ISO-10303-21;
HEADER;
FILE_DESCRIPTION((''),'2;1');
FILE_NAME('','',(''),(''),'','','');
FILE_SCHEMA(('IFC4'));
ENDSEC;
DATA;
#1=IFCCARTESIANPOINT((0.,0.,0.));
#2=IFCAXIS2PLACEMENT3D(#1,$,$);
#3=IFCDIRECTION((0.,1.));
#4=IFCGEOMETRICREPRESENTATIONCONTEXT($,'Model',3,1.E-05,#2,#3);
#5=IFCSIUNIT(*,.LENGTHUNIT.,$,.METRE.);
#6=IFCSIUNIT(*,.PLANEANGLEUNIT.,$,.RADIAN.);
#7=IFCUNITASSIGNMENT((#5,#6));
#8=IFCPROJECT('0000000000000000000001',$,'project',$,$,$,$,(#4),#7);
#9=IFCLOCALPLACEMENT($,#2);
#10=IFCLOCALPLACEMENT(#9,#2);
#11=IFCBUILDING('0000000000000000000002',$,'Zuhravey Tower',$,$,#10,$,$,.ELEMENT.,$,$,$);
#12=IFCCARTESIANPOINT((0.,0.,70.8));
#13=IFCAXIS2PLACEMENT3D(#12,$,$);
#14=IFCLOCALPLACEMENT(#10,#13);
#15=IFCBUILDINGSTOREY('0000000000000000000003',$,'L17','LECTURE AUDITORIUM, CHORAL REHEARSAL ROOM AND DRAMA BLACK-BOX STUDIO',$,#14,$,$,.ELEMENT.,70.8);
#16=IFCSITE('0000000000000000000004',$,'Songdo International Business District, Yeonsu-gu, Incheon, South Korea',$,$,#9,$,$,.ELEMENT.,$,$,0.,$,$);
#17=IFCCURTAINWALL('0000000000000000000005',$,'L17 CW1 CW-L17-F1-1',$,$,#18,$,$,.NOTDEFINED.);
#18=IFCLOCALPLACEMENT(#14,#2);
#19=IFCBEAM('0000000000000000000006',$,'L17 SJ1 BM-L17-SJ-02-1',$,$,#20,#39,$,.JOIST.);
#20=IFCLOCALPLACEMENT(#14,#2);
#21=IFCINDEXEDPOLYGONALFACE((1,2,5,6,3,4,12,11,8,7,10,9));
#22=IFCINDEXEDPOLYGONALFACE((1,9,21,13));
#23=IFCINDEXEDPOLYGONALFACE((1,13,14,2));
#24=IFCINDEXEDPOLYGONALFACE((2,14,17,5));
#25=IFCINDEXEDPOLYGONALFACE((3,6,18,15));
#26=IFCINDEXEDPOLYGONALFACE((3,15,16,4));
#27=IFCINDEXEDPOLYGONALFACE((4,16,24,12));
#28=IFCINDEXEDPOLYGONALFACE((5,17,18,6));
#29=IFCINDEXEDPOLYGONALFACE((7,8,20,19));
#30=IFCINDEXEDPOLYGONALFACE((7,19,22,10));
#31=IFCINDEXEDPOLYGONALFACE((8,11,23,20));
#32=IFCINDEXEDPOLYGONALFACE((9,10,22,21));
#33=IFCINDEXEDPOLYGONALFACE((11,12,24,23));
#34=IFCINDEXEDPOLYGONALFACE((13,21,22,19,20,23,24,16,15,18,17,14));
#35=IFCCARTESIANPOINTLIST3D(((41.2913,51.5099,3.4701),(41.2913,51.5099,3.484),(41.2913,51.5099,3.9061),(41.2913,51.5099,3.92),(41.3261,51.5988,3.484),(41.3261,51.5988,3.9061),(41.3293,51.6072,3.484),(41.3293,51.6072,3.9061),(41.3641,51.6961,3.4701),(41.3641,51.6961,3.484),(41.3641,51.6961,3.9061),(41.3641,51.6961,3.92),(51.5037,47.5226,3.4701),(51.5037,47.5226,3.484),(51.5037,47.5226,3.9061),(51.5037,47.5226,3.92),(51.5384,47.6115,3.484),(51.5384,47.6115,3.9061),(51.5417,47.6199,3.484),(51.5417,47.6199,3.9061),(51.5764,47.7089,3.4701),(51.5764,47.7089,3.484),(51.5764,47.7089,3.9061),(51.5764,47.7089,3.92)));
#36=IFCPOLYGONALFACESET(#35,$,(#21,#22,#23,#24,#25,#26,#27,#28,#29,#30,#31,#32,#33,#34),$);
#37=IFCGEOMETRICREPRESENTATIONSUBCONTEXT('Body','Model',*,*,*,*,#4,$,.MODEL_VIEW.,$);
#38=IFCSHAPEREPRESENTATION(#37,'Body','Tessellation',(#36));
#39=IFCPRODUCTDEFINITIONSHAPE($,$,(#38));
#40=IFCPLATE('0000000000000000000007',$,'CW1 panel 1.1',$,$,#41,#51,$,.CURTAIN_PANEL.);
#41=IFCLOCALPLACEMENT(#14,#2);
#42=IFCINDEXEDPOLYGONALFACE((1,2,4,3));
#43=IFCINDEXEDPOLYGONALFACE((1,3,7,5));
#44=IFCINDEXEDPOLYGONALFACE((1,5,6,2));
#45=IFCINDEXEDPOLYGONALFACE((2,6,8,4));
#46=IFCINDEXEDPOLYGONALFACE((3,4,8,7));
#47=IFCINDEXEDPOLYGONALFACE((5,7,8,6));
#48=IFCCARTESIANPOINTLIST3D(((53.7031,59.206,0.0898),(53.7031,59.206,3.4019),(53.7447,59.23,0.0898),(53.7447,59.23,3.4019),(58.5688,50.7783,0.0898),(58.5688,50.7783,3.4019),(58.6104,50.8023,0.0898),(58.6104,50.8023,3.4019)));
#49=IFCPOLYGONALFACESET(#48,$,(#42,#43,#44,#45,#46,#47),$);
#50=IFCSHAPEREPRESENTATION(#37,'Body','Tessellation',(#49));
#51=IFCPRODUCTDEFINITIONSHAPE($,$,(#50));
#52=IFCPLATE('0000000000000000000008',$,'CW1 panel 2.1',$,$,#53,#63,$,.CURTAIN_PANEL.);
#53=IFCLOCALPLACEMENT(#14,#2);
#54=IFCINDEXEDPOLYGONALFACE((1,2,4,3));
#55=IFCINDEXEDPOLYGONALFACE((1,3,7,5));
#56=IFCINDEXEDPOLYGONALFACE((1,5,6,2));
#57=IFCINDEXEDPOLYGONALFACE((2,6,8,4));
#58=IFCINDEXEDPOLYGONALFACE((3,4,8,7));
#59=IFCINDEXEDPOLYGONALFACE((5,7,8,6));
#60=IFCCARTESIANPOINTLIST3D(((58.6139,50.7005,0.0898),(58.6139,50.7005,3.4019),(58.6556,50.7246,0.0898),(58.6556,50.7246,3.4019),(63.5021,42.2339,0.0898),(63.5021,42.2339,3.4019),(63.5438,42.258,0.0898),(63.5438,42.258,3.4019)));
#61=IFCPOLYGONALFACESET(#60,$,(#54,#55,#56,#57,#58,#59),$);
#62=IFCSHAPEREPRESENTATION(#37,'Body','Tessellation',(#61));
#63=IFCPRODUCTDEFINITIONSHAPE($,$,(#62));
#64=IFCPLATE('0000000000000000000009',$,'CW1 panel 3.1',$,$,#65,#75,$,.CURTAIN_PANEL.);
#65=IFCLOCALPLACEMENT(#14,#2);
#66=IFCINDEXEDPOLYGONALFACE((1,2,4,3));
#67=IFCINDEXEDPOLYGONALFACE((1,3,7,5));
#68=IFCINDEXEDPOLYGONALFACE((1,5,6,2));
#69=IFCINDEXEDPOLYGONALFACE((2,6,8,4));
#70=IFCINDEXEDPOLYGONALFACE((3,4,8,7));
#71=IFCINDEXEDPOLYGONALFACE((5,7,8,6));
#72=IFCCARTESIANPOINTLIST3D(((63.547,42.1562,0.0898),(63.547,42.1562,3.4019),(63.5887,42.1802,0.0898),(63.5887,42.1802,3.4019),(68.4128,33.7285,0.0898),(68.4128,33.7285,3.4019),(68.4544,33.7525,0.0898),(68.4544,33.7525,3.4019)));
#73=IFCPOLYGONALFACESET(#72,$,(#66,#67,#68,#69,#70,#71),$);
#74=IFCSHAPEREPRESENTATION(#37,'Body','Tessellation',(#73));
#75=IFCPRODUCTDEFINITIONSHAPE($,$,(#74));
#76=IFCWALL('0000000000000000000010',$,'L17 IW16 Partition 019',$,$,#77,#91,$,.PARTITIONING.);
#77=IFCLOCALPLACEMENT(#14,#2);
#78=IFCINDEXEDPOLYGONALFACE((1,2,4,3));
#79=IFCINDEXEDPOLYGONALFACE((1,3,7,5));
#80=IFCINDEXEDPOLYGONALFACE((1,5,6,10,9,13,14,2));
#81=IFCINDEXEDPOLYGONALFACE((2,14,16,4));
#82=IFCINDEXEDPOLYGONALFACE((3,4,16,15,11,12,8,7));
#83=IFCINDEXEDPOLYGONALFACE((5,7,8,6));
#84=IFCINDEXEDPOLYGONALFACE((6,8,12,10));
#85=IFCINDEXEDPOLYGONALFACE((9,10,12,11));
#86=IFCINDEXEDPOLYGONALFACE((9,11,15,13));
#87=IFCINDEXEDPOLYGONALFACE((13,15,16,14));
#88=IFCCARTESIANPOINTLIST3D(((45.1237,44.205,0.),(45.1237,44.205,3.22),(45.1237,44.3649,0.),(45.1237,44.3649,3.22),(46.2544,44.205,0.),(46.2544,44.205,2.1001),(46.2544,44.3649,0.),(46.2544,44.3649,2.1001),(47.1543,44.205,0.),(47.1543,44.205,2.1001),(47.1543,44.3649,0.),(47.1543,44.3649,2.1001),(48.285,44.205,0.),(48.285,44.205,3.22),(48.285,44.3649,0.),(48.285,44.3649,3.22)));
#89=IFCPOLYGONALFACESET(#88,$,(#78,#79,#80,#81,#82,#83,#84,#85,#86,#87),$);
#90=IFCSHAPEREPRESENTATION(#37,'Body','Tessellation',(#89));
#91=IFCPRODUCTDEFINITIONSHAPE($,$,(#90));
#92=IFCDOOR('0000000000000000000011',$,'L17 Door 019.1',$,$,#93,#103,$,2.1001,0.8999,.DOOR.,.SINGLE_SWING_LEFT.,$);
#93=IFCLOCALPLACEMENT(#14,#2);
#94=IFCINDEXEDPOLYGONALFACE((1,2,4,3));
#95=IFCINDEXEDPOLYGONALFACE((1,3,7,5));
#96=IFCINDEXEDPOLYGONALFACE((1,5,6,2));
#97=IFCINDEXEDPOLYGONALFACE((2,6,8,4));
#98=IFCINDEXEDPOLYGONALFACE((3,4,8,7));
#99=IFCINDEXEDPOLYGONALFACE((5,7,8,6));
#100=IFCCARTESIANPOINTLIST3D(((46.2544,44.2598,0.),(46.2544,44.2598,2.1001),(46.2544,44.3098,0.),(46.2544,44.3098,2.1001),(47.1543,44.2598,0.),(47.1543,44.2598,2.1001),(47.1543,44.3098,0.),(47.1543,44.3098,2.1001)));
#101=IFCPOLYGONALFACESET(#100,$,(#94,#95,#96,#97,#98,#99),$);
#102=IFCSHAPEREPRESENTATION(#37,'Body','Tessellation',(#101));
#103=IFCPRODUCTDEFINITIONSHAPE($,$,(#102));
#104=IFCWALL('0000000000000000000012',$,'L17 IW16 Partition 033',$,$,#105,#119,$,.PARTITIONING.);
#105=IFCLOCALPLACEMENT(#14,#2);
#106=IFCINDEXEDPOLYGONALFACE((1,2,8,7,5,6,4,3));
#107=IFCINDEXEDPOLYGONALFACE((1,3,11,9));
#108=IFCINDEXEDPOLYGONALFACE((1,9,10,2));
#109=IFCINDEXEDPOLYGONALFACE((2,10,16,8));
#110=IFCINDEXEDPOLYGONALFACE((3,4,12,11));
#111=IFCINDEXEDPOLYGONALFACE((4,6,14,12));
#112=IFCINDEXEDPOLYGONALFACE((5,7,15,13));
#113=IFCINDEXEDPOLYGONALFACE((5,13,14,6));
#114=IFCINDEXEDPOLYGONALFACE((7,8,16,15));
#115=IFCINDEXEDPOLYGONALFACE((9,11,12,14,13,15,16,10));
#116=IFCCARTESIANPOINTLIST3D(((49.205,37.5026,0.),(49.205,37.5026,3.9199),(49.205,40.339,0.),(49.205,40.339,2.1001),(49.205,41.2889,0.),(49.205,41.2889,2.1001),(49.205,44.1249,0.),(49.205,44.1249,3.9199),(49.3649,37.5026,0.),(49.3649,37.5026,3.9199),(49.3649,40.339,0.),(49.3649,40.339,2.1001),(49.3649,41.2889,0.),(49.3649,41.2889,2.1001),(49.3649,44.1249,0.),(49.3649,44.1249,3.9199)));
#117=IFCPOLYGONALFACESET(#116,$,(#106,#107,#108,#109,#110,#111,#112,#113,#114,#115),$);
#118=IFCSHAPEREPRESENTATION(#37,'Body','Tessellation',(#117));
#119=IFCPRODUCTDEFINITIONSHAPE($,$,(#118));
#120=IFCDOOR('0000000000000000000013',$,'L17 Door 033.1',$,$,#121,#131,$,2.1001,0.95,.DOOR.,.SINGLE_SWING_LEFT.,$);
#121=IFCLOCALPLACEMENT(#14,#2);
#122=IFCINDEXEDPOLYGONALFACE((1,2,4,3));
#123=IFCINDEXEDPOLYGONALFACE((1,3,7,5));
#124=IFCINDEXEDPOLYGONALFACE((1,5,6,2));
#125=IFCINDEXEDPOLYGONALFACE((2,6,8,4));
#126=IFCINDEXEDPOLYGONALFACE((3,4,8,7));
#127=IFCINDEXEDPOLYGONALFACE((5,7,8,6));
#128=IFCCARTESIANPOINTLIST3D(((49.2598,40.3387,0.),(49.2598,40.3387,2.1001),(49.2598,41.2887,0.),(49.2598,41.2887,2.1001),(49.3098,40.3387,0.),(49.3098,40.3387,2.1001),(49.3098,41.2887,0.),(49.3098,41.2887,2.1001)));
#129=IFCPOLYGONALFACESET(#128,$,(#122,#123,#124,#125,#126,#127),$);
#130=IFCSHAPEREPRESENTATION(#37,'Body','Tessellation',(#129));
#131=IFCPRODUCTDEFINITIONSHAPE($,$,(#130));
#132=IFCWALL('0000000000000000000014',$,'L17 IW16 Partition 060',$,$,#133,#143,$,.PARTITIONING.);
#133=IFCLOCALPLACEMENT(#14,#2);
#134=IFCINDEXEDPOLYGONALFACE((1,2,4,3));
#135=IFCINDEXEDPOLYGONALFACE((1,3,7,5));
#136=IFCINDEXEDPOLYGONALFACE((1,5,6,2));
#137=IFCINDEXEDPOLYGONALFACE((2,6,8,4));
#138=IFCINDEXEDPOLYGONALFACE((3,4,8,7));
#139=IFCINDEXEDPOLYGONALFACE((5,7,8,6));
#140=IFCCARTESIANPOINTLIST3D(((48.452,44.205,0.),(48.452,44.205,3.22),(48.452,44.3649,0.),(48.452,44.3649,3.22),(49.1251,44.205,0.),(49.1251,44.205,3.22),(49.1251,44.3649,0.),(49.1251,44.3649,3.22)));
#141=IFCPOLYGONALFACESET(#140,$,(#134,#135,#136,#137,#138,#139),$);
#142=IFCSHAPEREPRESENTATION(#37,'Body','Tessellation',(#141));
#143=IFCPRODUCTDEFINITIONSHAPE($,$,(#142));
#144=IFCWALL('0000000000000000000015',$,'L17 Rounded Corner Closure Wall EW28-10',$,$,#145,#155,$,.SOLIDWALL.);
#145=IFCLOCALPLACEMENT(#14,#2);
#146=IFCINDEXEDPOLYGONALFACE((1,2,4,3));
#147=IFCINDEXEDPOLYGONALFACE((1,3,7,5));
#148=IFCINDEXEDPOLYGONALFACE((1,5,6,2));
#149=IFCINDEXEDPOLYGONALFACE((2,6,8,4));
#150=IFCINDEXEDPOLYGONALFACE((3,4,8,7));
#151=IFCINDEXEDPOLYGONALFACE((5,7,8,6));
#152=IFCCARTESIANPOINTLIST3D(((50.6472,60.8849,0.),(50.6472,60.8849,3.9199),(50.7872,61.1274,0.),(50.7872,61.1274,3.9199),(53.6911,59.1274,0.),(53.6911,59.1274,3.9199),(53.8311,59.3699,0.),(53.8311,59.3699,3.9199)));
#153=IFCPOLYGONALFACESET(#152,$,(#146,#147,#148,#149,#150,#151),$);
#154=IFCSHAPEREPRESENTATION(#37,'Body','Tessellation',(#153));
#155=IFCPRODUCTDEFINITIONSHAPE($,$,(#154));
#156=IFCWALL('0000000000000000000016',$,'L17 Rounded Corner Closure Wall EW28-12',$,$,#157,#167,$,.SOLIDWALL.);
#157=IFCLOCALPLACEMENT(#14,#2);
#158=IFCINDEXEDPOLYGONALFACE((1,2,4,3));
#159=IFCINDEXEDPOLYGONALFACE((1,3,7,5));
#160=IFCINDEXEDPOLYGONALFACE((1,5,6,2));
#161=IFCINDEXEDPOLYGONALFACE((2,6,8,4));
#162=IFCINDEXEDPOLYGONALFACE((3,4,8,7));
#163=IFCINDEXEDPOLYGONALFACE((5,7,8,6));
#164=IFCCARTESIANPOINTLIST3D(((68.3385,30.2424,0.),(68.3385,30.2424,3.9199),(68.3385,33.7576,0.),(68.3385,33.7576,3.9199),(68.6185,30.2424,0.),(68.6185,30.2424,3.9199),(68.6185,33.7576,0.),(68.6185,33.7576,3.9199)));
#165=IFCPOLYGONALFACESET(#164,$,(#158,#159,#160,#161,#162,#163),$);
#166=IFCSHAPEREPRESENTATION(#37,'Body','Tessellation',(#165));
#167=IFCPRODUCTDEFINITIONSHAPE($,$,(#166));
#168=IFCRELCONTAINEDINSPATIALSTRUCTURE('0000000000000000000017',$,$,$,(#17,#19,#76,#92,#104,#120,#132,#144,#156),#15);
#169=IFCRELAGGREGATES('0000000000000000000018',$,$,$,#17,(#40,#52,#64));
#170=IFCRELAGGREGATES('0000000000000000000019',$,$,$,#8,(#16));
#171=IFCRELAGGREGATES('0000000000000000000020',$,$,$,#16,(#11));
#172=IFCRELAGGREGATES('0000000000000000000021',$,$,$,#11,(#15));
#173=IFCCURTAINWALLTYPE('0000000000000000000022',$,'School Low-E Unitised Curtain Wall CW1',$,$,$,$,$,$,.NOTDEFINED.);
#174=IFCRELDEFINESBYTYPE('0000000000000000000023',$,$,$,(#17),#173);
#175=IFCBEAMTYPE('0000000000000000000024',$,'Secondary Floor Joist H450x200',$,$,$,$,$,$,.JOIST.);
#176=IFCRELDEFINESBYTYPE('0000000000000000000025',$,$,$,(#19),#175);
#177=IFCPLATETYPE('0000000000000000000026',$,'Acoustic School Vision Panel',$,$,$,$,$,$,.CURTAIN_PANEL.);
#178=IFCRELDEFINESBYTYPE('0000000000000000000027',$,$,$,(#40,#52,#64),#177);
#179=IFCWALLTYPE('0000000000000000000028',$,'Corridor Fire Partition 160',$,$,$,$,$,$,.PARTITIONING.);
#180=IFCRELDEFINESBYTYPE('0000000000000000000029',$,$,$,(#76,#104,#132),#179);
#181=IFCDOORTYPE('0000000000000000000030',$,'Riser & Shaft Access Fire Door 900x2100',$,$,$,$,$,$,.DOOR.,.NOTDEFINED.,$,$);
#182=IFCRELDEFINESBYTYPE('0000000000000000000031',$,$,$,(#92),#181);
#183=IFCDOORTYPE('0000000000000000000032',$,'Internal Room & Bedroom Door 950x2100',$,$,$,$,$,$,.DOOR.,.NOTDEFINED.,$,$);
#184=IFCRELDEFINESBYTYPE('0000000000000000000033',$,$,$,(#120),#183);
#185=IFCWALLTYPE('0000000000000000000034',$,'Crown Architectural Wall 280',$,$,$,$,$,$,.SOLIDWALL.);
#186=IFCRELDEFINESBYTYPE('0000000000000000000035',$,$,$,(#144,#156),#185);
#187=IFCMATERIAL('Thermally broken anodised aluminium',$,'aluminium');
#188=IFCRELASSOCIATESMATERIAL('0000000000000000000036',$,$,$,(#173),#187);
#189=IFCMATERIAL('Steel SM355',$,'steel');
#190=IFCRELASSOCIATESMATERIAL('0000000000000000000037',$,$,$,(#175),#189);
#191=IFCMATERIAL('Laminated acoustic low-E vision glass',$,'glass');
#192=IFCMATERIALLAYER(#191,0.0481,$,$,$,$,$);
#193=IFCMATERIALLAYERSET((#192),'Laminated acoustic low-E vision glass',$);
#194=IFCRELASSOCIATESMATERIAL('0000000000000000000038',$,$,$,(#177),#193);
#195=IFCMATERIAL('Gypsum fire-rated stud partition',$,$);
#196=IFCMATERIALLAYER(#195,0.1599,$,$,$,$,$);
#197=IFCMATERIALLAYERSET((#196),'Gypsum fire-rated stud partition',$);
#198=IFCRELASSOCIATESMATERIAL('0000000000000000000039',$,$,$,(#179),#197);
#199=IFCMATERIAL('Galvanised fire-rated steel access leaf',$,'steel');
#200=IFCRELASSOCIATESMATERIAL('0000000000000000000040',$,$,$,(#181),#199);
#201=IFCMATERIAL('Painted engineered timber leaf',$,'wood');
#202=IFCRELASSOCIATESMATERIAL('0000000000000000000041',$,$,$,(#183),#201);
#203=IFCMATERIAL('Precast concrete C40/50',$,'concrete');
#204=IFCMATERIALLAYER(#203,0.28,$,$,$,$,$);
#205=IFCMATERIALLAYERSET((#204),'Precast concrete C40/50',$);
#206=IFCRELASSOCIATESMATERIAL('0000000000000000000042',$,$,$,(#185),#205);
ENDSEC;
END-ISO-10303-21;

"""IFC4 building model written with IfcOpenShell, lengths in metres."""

from ifc_helpers import new_model, si_unit, direction, frame, frame_2d, origin, origin_2d, place, context, subcontext, project, spatial, rectangle, i_section, extrude, material, layer, layer_set, material_profile, profile_set, type_object, element, fill, aggregate, save


model = new_model("IFC4")

# Units and contexts
model_context = context("Model", 3, precision=1e-05, world=origin(), true_north=direction((0.0, 1.0)))
body_context = subcontext(model_context, "Body", "Model", "MODEL_VIEW")
ifc_project = project(units=[si_unit("LENGTHUNIT", "METRE"), si_unit("PLANEANGLEUNIT", "RADIAN")], contexts=[model_context])

# Site, building, storey
site_placement = place(None, origin())
site = spatial("IfcSite", under=ifc_project, at=site_placement, Name="Songdo International Business District, Yeonsu-gu, Incheon, South Korea", CompositionType="ELEMENT", RefElevation=0.0)
building_placement = place(site_placement, origin())
building = spatial("IfcBuilding", under=site, at=building_placement, Name="Zuhravey Tower", CompositionType="ELEMENT")
storey_placement = place(building_placement, frame((0.0, 0.0, 70.8)))
storey = spatial("IfcBuildingStorey", under=building, at=storey_placement, Name="L17", Description="LECTURE AUDITORIUM, CHORAL REHEARSAL ROOM AND DRAMA BLACK-BOX STUDIO", CompositionType="ELEMENT", Elevation=70.8)

# Shared definitions
ifc_material_1 = material(Name="Thermally broken anodised aluminium", Category="aluminium")
curtain_wall_type = type_object("IfcCurtainWallType", Name="School Low-E Unitised Curtain Wall CW1", PredefinedType="NOTDEFINED", material=ifc_material_1)

# Curtain wall
curtain_wall_1_placement = place(storey_placement, origin())
curtain_wall_1 = element("IfcCurtainWall", 1, at=curtain_wall_1_placement, inside=storey, type_object=curtain_wall_type, Name="L17 CW1 CW-L17-F1-1", PredefinedType="NOTDEFINED")

# Beam
ifc_material_2 = material(Name="Steel SM355", Category="steel")
ifc_material_profile_1 = material_profile(ifc_material_2, i_section(OverallWidth=0.2, OverallDepth=0.45, WebThickness=0.009, FlangeThickness=0.0139, at=origin_2d()), Name="H-450x200x9x14")
ifc_profile_set_1 = profile_set([ifc_material_profile_1], Name="Steel SM355")
beam_type_1 = type_object("IfcBeamType", Name="Secondary Floor Joist H450x200", PredefinedType="JOIST", material=ifc_profile_set_1)
beam_1_placement = place(storey_placement, frame((51.54, 47.6157, 3.6951), z_axis=(-0.931517, 0.363699, 0.0), x_axis=(-0.363699, -0.931517, 0.0)))
element("IfcBeam", 2, at=beam_1_placement, inside=storey, type_object=beam_type_1, Name="L17 SJ1 BM-L17-SJ-02-1", PredefinedType="JOIST", context=body_context, shape_type="SweptSolid", body=[
    extrude(i_section(OverallWidth=0.2, OverallDepth=0.45, WebThickness=0.009, FlangeThickness=0.0139, at=origin_2d()), origin(), (0.0, 0.0, 1.0), 10.9631),
])

# Plates
ifc_material_3 = material(Name="Laminated acoustic low-E vision glass", Category="glass")
ifc_layer_1 = layer(ifc_material_3, 0.0481)
ifc_layer_set_1 = layer_set([ifc_layer_1], Name="Laminated acoustic low-E vision glass")
plate_type = type_object("IfcPlateType", Name="Acoustic School Vision Panel", PredefinedType="CURTAIN_PANEL", material=ifc_layer_set_1)
plate_1_placement = place(storey_placement, frame((56.1567, 55.0042, 0.0898), z_axis=(0.0, 0.0, 1.0), x_axis=(0.5, -0.866026, 0.0)))
plate_1 = element("IfcPlate", 3, at=plate_1_placement, type_object=plate_type, Name="CW1 panel 1.1", PredefinedType="CURTAIN_PANEL", context=body_context, shape_type="SweptSolid", body=[
    extrude(rectangle(XDim=9.7314, YDim=0.0481, at=origin_2d()), origin(), (0.0, 0.0, 1.0), 3.312),
])
plate_2_placement = place(storey_placement, frame((61.0789, 46.4792, 0.0898), z_axis=(0.0, 0.0, 1.0), x_axis=(0.5, -0.866026, 0.0)))
plate_2 = element("IfcPlate", 4, at=plate_2_placement, type_object=plate_type, Name="CW1 panel 2.1", PredefinedType="CURTAIN_PANEL", context=body_context, shape_type="SweptSolid", body=[
    extrude(rectangle(XDim=9.7764, YDim=0.0481, at=origin_2d()), origin(), (0.0, 0.0, 1.0), 3.312),
])
plate_3_placement = place(storey_placement, frame((66.0007, 37.9543, 0.0898), z_axis=(0.0, 0.0, 1.0), x_axis=(0.5, -0.866026, 0.0)))
plate_3 = element("IfcPlate", 5, at=plate_3_placement, type_object=plate_type, Name="CW1 panel 3.1", PredefinedType="CURTAIN_PANEL", context=body_context, shape_type="SweptSolid", body=[
    extrude(rectangle(XDim=9.7314, YDim=0.0481, at=origin_2d()), origin(), (0.0, 0.0, 1.0), 3.312),
])
aggregate(curtain_wall_1, [plate_1, plate_2, plate_3])

# Walls, openings, doors
ifc_material_4 = material(Name="Gypsum fire-rated stud partition")
ifc_layer_2 = layer(ifc_material_4, 0.1599)
ifc_layer_set_2 = layer_set([ifc_layer_2], Name="Gypsum fire-rated stud partition")
wall_type_1 = type_object("IfcWallType", Name="Corridor Fire Partition 160", PredefinedType="PARTITIONING", material=ifc_layer_set_2)
wall_1_placement = place(storey_placement, frame((48.2849, 44.2849, 0.0), z_axis=(0.0, 0.0, 1.0), x_axis=(-1.0, 0.0, 0.0)))
wall_1 = element("IfcWall", 6, at=wall_1_placement, inside=storey, type_object=wall_type_1, Name="L17 IW16 Partition 019", PredefinedType="PARTITIONING", context=body_context, shape_type="SweptSolid", body=[
    extrude(rectangle(XDim=3.1614, YDim=0.1599, at=frame_2d((1.5806, 0.0))), origin(), (0.0, 0.0, 1.0), 3.22),
])
opening_1_placement = place(wall_1_placement, frame((1.1306, 0.0, 0.0)))
opening_1 = element("IfcOpeningElement", 7, at=opening_1_placement, cuts=wall_1, PredefinedType="OPENING", context=body_context, shape_type="SweptSolid", body=[
    extrude(rectangle(XDim=0.8999, YDim=2.1001, at=frame_2d((0.45, 1.05))), frame((0.0, 0.092, 0.0), z_axis=(0.0, -1.0, 0.0), x_axis=(1.0, 0.0, 0.0)), (0.0, 0.0, 1.0), 0.1838),
])
ifc_material_5 = material(Name="Galvanised fire-rated steel access leaf", Category="steel")
door_type_1 = type_object("IfcDoorType", Name="Riser & Shaft Access Fire Door 900x2100", OperationType="NOTDEFINED", PredefinedType="DOOR", material=ifc_material_5)
door_1_placement = place(opening_1_placement, frame((0.8999, 0.0, 0.0), z_axis=(0.0, 0.0, 1.0), x_axis=(-1.0, 0.0, 0.0)))
door_1 = element("IfcDoor", 8, at=door_1_placement, inside=storey, type_object=door_type_1, Name="L17 Door 019.1", OperationType="SINGLE_SWING_LEFT", OverallHeight=2.1001, OverallWidth=0.8999, PredefinedType="DOOR", context=body_context, shape_type="SweptSolid", body=[
    extrude(rectangle(XDim=0.8999, YDim=2.1001, at=frame_2d((0.45, 1.05))), frame((0.0, 0.0249, 0.0), z_axis=(0.0, -1.0, 0.0), x_axis=(1.0, 0.0, 0.0)), (0.0, 0.0, 1.0), 0.05),
])
fill(opening_1, door_1)
wall_2_placement = place(storey_placement, frame((49.2849, 37.5027, 0.0), z_axis=(0.0, 0.0, 1.0), x_axis=(0.0, 1.0, 0.0)))
wall_2 = element("IfcWall", 9, at=wall_2_placement, inside=storey, type_object=wall_type_1, Name="L17 IW16 Partition 033", PredefinedType="PARTITIONING", context=body_context, shape_type="SweptSolid", body=[
    extrude(rectangle(XDim=6.6223, YDim=0.1599, at=frame_2d((3.311, 0.0))), origin(), (0.0, 0.0, 1.0), 3.9199),
])
opening_2_placement = place(wall_2_placement, frame((2.8362, 0.0, 0.0)))
opening_2 = element("IfcOpeningElement", 10, at=opening_2_placement, cuts=wall_2, PredefinedType="OPENING", context=body_context, shape_type="SweptSolid", body=[
    extrude(rectangle(XDim=0.95, YDim=2.1001, at=frame_2d((0.4751, 1.05))), frame((0.0, 0.092, 0.0), z_axis=(0.0, -1.0, 0.0), x_axis=(1.0, 0.0, 0.0)), (0.0, 0.0, 1.0), 0.1838),
])
ifc_material_6 = material(Name="Painted engineered timber leaf", Category="wood")
door_type_2 = type_object("IfcDoorType", Name="Internal Room & Bedroom Door 950x2100", OperationType="NOTDEFINED", PredefinedType="DOOR", material=ifc_material_6)
door_2_placement = place(opening_2_placement, frame((0.95, 0.0, 0.0), z_axis=(0.0, 0.0, 1.0), x_axis=(-1.0, 0.0, 0.0)))
door_2 = element("IfcDoor", 11, at=door_2_placement, inside=storey, type_object=door_type_2, Name="L17 Door 033.1", OperationType="SINGLE_SWING_LEFT", OverallHeight=2.1001, OverallWidth=0.95, PredefinedType="DOOR", context=body_context, shape_type="SweptSolid", body=[
    extrude(rectangle(XDim=0.95, YDim=2.1001, at=frame_2d((0.4751, 1.05))), frame((0.0, 0.0249, 0.0), z_axis=(0.0, -1.0, 0.0), x_axis=(1.0, 0.0, 0.0)), (0.0, 0.0, 1.0), 0.05),
])
fill(opening_2, door_2)

# Walls
wall_3_placement = place(storey_placement, frame((49.125, 44.2849, 0.0), z_axis=(0.0, 0.0, 1.0), x_axis=(-1.0, 0.0, 0.0)))
element("IfcWall", 12, at=wall_3_placement, inside=storey, type_object=wall_type_1, Name="L17 IW16 Partition 060", PredefinedType="PARTITIONING", context=body_context, shape_type="SweptSolid", body=[
    extrude(rectangle(XDim=0.6731, YDim=0.1599, at=frame_2d((0.3364, 0.0))), origin(), (0.0, 0.0, 1.0), 3.22),
])
ifc_material_7 = material(Name="Precast concrete C40/50", Category="concrete")
ifc_layer_3 = layer(ifc_material_7, 0.28)
ifc_layer_set_3 = layer_set([ifc_layer_3], Name="Precast concrete C40/50")
wall_type_2 = type_object("IfcWallType", Name="Crown Architectural Wall 280", PredefinedType="SOLIDWALL", material=ifc_layer_set_3)
wall_4_placement = place(storey_placement, frame((50.7173, 61.0061, 0.0), z_axis=(0.0, 0.0, 1.0), x_axis=(0.866007, -0.500031, 0.0)))
element("IfcWall", 13, at=wall_4_placement, inside=storey, type_object=wall_type_2, Name="L17 Rounded Corner Closure Wall EW28-10", PredefinedType="SOLIDWALL", context=body_context, shape_type="SweptSolid", body=[
    extrude(rectangle(XDim=3.5149, YDim=0.28, at=frame_2d((1.7573, 0.0))), origin(), (0.0, 0.0, 1.0), 3.9199),
])
wall_5_placement = place(storey_placement, frame((68.4785, 33.7576, 0.0), z_axis=(0.0, 0.0, 1.0), x_axis=(0.0, -1.0, 0.0)))
element("IfcWall", 14, at=wall_5_placement, inside=storey, type_object=wall_type_2, Name="L17 Rounded Corner Closure Wall EW28-12", PredefinedType="SOLIDWALL", context=body_context, shape_type="SweptSolid", body=[
    extrude(rectangle(XDim=3.5151, YDim=0.28, at=frame_2d((1.7576, 0.0))), origin(), (0.0, 0.0, 1.0), 3.9199),
])

save(model, "model.ifc")
